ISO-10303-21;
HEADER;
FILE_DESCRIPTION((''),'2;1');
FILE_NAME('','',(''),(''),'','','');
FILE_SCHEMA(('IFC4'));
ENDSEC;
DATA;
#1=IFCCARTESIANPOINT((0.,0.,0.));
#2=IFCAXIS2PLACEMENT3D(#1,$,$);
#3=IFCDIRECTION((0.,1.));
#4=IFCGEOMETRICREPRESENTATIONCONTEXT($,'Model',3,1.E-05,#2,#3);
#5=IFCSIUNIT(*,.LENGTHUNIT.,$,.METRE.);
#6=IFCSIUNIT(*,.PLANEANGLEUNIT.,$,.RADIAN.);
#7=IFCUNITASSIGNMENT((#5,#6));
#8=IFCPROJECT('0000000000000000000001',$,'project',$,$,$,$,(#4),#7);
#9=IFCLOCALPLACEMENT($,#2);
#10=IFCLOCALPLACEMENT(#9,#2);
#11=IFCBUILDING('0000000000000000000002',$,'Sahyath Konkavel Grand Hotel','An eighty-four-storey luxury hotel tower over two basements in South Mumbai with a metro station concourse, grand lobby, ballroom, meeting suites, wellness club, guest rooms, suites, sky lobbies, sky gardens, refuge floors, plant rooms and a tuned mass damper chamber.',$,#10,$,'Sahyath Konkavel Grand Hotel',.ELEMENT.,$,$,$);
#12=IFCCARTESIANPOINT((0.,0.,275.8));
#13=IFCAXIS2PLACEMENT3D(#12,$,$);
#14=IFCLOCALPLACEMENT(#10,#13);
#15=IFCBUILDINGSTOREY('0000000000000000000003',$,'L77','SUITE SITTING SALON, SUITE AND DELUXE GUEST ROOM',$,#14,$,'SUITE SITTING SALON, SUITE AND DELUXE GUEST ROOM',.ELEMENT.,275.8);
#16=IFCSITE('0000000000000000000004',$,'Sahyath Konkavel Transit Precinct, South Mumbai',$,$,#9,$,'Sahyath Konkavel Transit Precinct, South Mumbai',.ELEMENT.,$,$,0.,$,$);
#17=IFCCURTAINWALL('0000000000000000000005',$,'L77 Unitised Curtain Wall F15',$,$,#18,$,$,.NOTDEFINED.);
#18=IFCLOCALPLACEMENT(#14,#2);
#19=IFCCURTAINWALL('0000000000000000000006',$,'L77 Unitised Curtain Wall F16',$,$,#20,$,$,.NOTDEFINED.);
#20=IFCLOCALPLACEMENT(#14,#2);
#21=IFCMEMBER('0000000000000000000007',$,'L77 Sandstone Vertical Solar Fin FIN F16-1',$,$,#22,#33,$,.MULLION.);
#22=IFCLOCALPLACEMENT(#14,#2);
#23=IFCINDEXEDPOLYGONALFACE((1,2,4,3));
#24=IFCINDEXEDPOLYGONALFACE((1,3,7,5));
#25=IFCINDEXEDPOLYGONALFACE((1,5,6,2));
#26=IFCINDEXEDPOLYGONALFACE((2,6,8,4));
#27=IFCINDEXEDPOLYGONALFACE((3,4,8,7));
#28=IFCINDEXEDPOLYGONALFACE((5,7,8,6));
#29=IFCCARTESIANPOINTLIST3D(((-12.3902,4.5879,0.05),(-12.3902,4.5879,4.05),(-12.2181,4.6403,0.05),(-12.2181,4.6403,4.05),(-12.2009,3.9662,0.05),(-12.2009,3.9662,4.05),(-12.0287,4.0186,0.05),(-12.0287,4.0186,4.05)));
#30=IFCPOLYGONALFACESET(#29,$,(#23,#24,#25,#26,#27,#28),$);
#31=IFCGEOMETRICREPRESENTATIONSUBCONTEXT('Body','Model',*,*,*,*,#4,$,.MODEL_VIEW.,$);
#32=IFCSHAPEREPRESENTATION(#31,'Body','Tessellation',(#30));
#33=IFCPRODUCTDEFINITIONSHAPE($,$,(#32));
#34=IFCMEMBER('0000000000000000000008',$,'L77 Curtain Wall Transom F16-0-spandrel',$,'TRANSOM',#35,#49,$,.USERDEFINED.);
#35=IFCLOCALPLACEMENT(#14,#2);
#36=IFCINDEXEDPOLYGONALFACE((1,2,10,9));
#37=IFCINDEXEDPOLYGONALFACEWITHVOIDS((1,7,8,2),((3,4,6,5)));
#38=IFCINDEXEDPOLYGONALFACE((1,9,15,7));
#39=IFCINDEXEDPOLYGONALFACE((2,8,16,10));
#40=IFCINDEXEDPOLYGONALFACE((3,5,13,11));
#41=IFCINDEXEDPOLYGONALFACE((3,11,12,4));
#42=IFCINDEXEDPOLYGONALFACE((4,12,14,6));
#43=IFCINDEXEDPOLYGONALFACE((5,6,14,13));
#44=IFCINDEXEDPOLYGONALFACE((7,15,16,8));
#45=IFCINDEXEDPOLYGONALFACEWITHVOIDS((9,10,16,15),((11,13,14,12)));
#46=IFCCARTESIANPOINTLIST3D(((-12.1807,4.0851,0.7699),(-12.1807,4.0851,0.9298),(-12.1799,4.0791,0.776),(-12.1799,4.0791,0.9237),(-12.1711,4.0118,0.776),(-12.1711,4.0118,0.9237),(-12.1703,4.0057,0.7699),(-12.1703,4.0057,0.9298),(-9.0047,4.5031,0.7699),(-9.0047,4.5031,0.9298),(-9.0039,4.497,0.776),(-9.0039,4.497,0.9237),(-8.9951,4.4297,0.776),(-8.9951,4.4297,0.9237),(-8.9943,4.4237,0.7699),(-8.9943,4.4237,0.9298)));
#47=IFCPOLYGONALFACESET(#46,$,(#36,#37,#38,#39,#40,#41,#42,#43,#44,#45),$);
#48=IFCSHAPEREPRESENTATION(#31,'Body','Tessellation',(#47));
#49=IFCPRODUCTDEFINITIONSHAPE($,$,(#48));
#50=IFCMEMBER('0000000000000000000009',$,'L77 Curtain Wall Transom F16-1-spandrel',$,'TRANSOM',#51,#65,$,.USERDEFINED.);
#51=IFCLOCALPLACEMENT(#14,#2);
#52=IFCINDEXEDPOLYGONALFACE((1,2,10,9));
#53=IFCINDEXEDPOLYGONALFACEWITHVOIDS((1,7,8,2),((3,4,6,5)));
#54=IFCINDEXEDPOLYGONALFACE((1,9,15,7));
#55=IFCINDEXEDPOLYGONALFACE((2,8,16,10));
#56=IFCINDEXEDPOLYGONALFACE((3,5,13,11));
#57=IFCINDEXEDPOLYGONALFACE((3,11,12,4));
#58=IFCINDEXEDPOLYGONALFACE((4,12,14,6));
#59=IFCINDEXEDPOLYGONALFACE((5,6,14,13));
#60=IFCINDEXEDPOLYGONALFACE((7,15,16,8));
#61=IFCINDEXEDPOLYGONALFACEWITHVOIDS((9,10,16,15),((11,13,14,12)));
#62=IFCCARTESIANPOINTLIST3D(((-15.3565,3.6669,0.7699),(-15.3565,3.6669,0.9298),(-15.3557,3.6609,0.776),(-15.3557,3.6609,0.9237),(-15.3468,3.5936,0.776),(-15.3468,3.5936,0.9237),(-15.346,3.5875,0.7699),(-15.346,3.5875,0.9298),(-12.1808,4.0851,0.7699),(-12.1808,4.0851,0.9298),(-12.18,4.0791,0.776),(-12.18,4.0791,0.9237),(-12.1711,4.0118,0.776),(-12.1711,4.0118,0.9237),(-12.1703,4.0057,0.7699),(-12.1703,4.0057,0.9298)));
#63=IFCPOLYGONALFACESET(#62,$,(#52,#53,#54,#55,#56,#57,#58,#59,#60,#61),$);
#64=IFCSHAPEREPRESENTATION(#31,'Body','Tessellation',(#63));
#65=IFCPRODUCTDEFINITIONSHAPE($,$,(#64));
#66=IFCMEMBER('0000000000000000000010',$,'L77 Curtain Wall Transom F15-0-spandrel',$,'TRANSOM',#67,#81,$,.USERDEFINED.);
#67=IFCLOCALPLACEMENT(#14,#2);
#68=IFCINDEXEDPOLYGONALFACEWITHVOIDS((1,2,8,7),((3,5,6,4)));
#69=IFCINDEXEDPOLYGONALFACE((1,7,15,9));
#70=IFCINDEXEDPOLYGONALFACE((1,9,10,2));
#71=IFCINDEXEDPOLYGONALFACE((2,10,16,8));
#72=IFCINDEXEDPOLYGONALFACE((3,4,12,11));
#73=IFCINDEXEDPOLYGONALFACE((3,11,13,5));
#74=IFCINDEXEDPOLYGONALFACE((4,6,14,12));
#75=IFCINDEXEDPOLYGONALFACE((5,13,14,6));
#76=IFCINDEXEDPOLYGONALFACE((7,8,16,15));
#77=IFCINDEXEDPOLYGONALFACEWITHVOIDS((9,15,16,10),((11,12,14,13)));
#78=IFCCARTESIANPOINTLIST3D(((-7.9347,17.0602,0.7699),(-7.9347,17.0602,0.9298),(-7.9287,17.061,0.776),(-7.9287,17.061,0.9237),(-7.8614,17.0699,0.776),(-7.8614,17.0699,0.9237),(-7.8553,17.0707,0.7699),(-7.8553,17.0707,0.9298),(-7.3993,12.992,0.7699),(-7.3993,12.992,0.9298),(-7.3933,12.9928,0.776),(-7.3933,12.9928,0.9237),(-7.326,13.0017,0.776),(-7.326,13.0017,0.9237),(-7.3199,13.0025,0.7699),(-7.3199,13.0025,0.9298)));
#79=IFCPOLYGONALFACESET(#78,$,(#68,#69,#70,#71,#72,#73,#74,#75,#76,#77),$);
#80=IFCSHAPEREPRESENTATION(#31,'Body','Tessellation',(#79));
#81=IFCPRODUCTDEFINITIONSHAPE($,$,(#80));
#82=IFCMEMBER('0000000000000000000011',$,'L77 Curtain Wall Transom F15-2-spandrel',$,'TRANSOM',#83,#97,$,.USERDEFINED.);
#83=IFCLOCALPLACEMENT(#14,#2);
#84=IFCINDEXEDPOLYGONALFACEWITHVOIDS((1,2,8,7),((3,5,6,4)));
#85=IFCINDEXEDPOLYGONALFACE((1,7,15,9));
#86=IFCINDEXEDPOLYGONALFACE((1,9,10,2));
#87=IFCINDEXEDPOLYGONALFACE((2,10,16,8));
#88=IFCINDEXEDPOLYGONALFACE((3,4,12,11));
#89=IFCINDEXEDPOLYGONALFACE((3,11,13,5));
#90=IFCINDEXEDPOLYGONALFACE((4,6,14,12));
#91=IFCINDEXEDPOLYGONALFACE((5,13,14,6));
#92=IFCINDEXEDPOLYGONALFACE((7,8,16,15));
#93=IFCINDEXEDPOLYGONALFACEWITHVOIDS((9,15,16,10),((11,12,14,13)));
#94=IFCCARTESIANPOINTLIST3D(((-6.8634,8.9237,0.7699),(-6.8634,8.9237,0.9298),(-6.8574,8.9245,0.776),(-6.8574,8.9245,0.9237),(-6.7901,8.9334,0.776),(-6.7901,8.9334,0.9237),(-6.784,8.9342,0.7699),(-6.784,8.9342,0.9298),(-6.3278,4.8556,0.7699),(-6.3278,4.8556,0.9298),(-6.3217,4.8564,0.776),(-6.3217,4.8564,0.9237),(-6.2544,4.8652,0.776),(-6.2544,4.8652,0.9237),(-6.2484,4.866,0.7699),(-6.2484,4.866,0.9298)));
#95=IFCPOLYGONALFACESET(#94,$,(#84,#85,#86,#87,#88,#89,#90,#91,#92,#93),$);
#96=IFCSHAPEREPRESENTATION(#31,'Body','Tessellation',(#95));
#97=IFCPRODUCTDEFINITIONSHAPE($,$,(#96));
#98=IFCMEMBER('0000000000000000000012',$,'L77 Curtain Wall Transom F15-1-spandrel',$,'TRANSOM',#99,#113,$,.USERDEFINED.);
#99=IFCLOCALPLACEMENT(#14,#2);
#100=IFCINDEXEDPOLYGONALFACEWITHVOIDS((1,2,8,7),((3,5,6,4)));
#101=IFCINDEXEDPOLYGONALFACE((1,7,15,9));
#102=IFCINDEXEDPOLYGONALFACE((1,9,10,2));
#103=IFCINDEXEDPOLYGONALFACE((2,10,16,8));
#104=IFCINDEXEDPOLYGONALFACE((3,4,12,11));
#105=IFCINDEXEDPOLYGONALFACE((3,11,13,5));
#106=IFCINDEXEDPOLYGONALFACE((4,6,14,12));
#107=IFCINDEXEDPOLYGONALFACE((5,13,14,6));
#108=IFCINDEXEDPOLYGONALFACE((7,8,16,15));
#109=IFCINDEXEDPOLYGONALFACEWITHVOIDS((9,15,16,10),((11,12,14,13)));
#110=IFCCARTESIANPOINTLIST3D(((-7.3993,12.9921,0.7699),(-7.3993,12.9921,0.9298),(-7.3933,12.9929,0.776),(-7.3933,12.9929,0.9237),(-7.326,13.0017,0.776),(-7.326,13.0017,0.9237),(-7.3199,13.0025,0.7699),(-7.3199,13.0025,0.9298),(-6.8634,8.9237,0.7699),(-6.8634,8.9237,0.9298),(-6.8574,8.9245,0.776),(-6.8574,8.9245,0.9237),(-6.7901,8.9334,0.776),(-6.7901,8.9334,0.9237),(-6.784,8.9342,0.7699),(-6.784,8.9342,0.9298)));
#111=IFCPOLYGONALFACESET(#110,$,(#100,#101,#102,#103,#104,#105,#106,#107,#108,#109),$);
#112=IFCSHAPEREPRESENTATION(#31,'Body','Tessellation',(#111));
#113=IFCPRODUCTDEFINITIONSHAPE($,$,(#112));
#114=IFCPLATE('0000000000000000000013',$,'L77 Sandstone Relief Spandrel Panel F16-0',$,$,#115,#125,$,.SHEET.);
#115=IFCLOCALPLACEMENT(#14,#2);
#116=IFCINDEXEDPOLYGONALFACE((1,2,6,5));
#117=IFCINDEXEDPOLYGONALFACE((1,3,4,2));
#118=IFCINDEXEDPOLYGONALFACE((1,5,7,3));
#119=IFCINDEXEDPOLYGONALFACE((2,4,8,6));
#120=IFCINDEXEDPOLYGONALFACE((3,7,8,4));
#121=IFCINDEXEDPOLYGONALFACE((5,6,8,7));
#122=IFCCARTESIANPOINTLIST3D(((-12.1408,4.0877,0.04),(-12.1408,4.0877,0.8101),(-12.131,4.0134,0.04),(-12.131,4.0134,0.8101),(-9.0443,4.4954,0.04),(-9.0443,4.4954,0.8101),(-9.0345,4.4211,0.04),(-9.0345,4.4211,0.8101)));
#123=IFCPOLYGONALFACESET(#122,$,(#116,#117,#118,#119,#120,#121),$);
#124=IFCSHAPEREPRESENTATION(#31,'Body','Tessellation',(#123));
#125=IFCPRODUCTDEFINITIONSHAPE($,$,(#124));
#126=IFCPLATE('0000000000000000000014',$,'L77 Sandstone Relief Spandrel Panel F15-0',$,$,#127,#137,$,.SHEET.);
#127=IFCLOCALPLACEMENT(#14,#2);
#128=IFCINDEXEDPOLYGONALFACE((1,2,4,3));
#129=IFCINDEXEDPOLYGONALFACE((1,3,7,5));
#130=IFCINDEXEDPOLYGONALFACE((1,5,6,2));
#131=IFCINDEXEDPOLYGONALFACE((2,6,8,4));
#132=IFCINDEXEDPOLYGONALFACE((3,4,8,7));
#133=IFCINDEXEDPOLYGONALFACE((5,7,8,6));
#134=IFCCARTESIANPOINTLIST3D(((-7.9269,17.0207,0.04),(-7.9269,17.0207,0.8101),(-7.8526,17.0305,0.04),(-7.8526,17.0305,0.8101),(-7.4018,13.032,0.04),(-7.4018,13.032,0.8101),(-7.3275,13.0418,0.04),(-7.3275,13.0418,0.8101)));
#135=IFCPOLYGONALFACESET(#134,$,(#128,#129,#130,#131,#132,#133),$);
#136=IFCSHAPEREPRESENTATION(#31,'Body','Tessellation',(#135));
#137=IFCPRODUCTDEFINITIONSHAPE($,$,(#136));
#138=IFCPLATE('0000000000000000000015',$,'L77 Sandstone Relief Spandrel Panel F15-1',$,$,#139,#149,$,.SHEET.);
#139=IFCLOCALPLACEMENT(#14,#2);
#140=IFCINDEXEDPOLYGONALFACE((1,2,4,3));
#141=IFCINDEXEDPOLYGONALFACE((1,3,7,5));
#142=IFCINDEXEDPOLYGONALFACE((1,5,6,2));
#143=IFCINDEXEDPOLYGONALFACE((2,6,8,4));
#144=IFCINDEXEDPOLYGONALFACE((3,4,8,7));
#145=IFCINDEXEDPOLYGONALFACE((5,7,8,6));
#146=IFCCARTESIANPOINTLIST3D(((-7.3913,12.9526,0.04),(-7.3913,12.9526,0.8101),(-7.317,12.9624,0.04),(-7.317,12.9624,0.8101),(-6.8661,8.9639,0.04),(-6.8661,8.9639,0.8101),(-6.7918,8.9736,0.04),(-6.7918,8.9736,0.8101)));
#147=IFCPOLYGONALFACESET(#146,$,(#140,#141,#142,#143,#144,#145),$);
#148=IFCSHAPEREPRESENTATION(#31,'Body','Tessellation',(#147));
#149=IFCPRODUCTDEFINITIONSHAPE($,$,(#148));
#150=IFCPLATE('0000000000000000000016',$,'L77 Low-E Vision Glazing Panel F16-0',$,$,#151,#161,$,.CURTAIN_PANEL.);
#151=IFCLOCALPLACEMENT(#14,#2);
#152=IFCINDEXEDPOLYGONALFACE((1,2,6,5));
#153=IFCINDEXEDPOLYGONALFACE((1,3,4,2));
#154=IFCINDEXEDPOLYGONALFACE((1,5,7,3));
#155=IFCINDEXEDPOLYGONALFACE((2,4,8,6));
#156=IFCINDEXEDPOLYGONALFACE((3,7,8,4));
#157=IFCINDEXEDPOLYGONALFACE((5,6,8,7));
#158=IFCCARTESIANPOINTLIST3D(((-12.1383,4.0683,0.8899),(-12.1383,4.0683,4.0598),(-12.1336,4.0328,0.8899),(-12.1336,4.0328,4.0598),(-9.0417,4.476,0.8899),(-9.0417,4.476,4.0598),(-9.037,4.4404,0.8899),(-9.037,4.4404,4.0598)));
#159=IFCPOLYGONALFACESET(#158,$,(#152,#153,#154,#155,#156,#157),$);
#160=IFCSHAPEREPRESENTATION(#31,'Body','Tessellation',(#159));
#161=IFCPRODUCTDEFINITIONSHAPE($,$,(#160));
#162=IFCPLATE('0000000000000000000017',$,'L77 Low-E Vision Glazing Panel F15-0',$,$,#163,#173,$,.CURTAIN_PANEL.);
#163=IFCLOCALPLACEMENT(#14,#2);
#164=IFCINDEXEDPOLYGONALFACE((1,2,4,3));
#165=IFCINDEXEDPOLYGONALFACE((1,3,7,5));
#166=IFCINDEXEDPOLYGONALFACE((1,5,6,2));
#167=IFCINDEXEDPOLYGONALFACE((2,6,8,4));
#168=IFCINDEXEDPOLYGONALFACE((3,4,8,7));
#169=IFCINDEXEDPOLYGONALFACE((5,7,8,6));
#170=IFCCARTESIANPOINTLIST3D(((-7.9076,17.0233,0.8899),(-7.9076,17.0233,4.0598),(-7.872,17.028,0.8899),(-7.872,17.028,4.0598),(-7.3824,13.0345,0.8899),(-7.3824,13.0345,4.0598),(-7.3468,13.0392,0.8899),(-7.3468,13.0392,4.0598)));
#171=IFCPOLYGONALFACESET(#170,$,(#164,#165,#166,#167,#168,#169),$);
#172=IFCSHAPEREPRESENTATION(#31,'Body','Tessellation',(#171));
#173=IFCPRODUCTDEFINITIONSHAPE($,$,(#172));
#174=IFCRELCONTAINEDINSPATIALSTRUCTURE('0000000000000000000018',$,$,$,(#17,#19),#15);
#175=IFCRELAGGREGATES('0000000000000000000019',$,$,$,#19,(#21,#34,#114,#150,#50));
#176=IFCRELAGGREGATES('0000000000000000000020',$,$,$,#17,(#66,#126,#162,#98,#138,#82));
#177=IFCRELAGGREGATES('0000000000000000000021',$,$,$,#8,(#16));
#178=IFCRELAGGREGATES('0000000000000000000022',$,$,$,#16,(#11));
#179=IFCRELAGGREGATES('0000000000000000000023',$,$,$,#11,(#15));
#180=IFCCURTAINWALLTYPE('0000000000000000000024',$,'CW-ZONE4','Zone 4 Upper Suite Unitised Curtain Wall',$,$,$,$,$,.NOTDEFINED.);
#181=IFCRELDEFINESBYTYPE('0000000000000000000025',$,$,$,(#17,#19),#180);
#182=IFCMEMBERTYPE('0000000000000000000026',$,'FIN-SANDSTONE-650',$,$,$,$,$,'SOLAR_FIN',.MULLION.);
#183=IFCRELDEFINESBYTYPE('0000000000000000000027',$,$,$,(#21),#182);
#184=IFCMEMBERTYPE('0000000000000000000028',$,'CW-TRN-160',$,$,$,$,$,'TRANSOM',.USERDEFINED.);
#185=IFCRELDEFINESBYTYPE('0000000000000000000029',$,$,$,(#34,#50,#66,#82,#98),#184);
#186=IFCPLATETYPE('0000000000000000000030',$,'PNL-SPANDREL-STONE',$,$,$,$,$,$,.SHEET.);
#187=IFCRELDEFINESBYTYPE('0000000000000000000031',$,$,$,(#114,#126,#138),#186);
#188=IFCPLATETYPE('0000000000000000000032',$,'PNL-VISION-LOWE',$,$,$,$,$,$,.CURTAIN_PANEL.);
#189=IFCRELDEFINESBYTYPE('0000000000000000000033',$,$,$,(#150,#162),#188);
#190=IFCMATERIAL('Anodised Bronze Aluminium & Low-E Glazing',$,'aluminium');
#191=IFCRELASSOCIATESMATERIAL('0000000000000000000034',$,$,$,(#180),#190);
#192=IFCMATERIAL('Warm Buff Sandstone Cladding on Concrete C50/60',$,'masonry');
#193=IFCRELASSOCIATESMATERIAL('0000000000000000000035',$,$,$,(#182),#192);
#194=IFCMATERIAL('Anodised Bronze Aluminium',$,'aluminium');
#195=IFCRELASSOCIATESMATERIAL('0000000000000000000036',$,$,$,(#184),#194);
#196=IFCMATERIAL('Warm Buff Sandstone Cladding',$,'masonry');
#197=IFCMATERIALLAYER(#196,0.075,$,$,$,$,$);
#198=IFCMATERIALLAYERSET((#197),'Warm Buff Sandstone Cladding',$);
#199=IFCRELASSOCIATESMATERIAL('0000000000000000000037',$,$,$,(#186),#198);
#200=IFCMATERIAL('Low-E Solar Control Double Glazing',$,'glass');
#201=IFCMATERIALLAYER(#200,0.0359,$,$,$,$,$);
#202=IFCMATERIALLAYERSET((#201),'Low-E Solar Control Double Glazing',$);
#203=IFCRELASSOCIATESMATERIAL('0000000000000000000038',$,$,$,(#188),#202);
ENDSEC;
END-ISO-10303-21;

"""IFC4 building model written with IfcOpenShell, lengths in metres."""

from ifc_helpers import new_model, si_unit, direction, frame, origin, origin_2d, place, context, subcontext, project, spatial, rectangle, hollow_rectangle, extrude, source, transform, mapped, material, layer, layer_set, material_profile, profile_set, type_object, element, aggregate, save


model = new_model("IFC4")

# Units and contexts
model_context = context("Model", 3, precision=1e-05, world=origin(), true_north=direction((0.0, 1.0)))
body_context = subcontext(model_context, "Body", "Model", "MODEL_VIEW")
ifc_project = project(units=[si_unit("LENGTHUNIT", "METRE"), si_unit("PLANEANGLEUNIT", "RADIAN")], contexts=[model_context])

# Site, building, storey
site_placement = place(None, origin())
site = spatial("IfcSite", under=ifc_project, at=site_placement, Name="Sahyath Konkavel Transit Precinct, South Mumbai", LongName="Sahyath Konkavel Transit Precinct, South Mumbai", CompositionType="ELEMENT", RefElevation=0.0)
building_placement = place(site_placement, origin())
building = spatial("IfcBuilding", under=site, at=building_placement, Name="Sahyath Konkavel Grand Hotel", Description="An eighty-four-storey luxury hotel tower over two basements in South Mumbai with a metro station concourse, grand lobby, ballroom, meeting suites, wellness club, guest rooms, suites, sky lobbies, sky gardens, refuge floors, plant rooms and a tuned mass damper chamber.", LongName="Sahyath Konkavel Grand Hotel", CompositionType="ELEMENT")
storey_placement = place(building_placement, frame((0.0, 0.0, 275.8)))
storey = spatial("IfcBuildingStorey", under=building, at=storey_placement, Name="L77", Description="SUITE SITTING SALON, SUITE AND DELUXE GUEST ROOM", LongName="SUITE SITTING SALON, SUITE AND DELUXE GUEST ROOM", CompositionType="ELEMENT", Elevation=275.8)

# Shared definitions
ifc_material_1 = material(Name="Anodised Bronze Aluminium & Low-E Glazing", Category="aluminium")
curtain_wall_type = type_object("IfcCurtainWallType", Name="CW-ZONE4", Description="Zone 4 Upper Suite Unitised Curtain Wall", PredefinedType="NOTDEFINED", material=ifc_material_1)
ifc_material_2 = material(Name="Anodised Bronze Aluminium", Category="aluminium")

# Curtain walls
curtain_wall_1_placement = place(storey_placement, origin())
curtain_wall_1 = element("IfcCurtainWall", 1, at=curtain_wall_1_placement, inside=storey, type_object=curtain_wall_type, Name="L77 Unitised Curtain Wall F15", PredefinedType="NOTDEFINED")
curtain_wall_2_placement = place(storey_placement, origin())
curtain_wall_2 = element("IfcCurtainWall", 2, at=curtain_wall_2_placement, inside=storey, type_object=curtain_wall_type, Name="L77 Unitised Curtain Wall F16", PredefinedType="NOTDEFINED")

# Members
ifc_material_3 = material(Name="Warm Buff Sandstone Cladding on Concrete C50/60", Category="masonry")
ifc_material_profile_1 = material_profile(ifc_material_3, rectangle(XDim=0.1799, YDim=0.6499, at=origin_2d()), Name="FIN 180x650")
ifc_profile_set_1 = profile_set([ifc_material_profile_1], Name="Warm Buff Sandstone Cladding on Concrete C50/60")
member_type_1 = type_object("IfcMemberType", Name="FIN-SANDSTONE-650", ElementType="SOLAR_FIN", PredefinedType="MULLION", material=ifc_profile_set_1)
shared_shape_1 = source(origin(), body_context, "Body", "SweptSolid", [
    extrude(rectangle(XDim=0.1799, YDim=0.6499, at=origin_2d()), origin(), (0.0, 0.0, 1.0), 4.0),
])
member_1_placement = place(storey_placement, frame((-12.2095, 4.3032, 0.05), z_axis=(0.0, 0.0, 1.0), x_axis=(0.95661, 0.29137, 0.0)))
member_1 = element("IfcMember", 3, at=member_1_placement, type_object=member_type_1, Name="L77 Sandstone Vertical Solar Fin FIN F16-1", PredefinedType="MULLION", context=body_context, shape_type="MappedRepresentation", body=[
    mapped(shared_shape_1, transform((0.0, 0.0, 0.0), scale=1.0)),
])
ifc_material_profile_2 = material_profile(ifc_material_2, hollow_rectangle(XDim=0.0801, YDim=0.1599, WallThickness=0.0061, at=origin_2d()), Name="RHS 160x80x6")
ifc_profile_set_2 = profile_set([ifc_material_profile_2], Name="Anodised Bronze Aluminium")
member_type_2 = type_object("IfcMemberType", Name="CW-TRN-160", ElementType="TRANSOM", PredefinedType="USERDEFINED", material=ifc_profile_set_2)
shared_shape_2 = source(origin(), body_context, "Body", "SweptSolid", [
    extrude(hollow_rectangle(XDim=0.0801, YDim=0.1599, WallThickness=0.0061, at=origin_2d()), origin(), (0.0, 0.0, 1.0), 3.2034),
])
member_2_placement = place(storey_placement, frame((-8.9995, 4.4634, 0.8499), z_axis=(-0.991451, -0.130476, 0.0), x_axis=(0.130476, -0.991451, 0.0)))
member_2 = element("IfcMember", 4, at=member_2_placement, type_object=member_type_2, Name="L77 Curtain Wall Transom F16-0-spandrel", ObjectType="TRANSOM", PredefinedType="USERDEFINED", context=body_context, shape_type="MappedRepresentation", body=[
    mapped(shared_shape_2, transform((0.0, 0.0, 0.0), scale=1.0)),
])
shared_shape_3 = source(origin(), body_context, "Body", "SweptSolid", [
    extrude(hollow_rectangle(XDim=0.0801, YDim=0.1599, WallThickness=0.0061, at=origin_2d()), origin(), (0.0, 0.0, 1.0), 3.2031),
])
member_3_placement = place(storey_placement, frame((-12.1755, 4.0454, 0.8499), z_axis=(-0.99144, -0.130561, 0.0), x_axis=(0.130561, -0.99144, 0.0)))
member_3 = element("IfcMember", 5, at=member_3_placement, type_object=member_type_2, Name="L77 Curtain Wall Transom F16-1-spandrel", ObjectType="TRANSOM", PredefinedType="USERDEFINED", context=body_context, shape_type="MappedRepresentation", body=[
    mapped(shared_shape_3, transform((0.0, 0.0, 0.0), scale=1.0)),
])
shared_shape_4 = source(origin(), body_context, "Body", "SweptSolid", [
    extrude(hollow_rectangle(XDim=0.0801, YDim=0.1599, WallThickness=0.0061, at=origin_2d()), origin(), (0.0, 0.0, 1.0), 4.1033),
])
member_4_placement = place(storey_placement, frame((-7.895, 17.0654, 0.8499), z_axis=(0.130484, -0.99145, 0.0), x_axis=(0.99145, 0.130484, 0.0)))
member_4 = element("IfcMember", 6, at=member_4_placement, type_object=member_type_2, Name="L77 Curtain Wall Transom F15-0-spandrel", ObjectType="TRANSOM", PredefinedType="USERDEFINED", context=body_context, shape_type="MappedRepresentation", body=[
    mapped(shared_shape_4, transform((0.0, 0.0, 0.0), scale=1.0)),
])
member_5_placement = place(storey_placement, frame((-6.8237, 8.929, 0.8499), z_axis=(0.130542, -0.991443, 0.0), x_axis=(0.991443, 0.130542, 0.0)))
member_5 = element("IfcMember", 7, at=member_5_placement, type_object=member_type_2, Name="L77 Curtain Wall Transom F15-2-spandrel", ObjectType="TRANSOM", PredefinedType="USERDEFINED", context=body_context, shape_type="MappedRepresentation", body=[
    mapped(shared_shape_4, transform((0.0, 0.0, 0.0), scale=1.0)),
])
shared_shape_5 = source(origin(), body_context, "Body", "SweptSolid", [
    extrude(hollow_rectangle(XDim=0.0801, YDim=0.1599, WallThickness=0.0061, at=origin_2d()), origin(), (0.0, 0.0, 1.0), 4.1035),
])
member_6_placement = place(storey_placement, frame((-7.3596, 12.9973, 0.8499), z_axis=(0.130593, -0.991436, 0.0), x_axis=(0.991436, 0.130593, 0.0)))
member_6 = element("IfcMember", 8, at=member_6_placement, type_object=member_type_2, Name="L77 Curtain Wall Transom F15-1-spandrel", ObjectType="TRANSOM", PredefinedType="USERDEFINED", context=body_context, shape_type="MappedRepresentation", body=[
    mapped(shared_shape_5, transform((0.0, 0.0, 0.0), scale=1.0)),
])

# Plates
ifc_material_4 = material(Name="Warm Buff Sandstone Cladding", Category="masonry")
ifc_layer_1 = layer(ifc_material_4, 0.075)
ifc_layer_set_1 = layer_set([ifc_layer_1], Name="Warm Buff Sandstone Cladding")
plate_type_1 = type_object("IfcPlateType", Name="PNL-SPANDREL-STONE", PredefinedType="SHEET", material=ifc_layer_set_1)
shared_shape_6 = source(origin(), body_context, "Body", "SweptSolid", [
    extrude(rectangle(XDim=3.1233, YDim=0.075, at=origin_2d()), origin(), (0.0, 0.0, 1.0), 0.77),
])
plate_1_placement = place(storey_placement, frame((-10.5876, 4.2544, 0.04), z_axis=(0.0, 0.0, 1.0), x_axis=(-0.991445, -0.130526, 0.0)))
plate_1 = element("IfcPlate", 9, at=plate_1_placement, type_object=plate_type_1, Name="L77 Sandstone Relief Spandrel Panel F16-0", PredefinedType="SHEET", context=body_context, shape_type="MappedRepresentation", body=[
    mapped(shared_shape_6, transform((0.0, 0.0, 0.0), scale=1.0)),
])
shared_shape_7 = source(origin(), body_context, "Body", "SweptSolid", [
    extrude(rectangle(XDim=4.0232, YDim=0.075, at=origin_2d()), origin(), (0.0, 0.0, 1.0), 0.77),
])
plate_2_placement = place(storey_placement, frame((-7.6272, 15.0312, 0.04), z_axis=(0.0, 0.0, 1.0), x_axis=(0.130526, -0.991445, 0.0)))
plate_2 = element("IfcPlate", 10, at=plate_2_placement, type_object=plate_type_1, Name="L77 Sandstone Relief Spandrel Panel F15-0", PredefinedType="SHEET", context=body_context, shape_type="MappedRepresentation", body=[
    mapped(shared_shape_7, transform((0.0, 0.0, 0.0), scale=1.0)),
])
plate_3_placement = place(storey_placement, frame((-7.0916, 10.9631, 0.04), z_axis=(0.0, 0.0, 1.0), x_axis=(0.130526, -0.991445, 0.0)))
plate_3 = element("IfcPlate", 11, at=plate_3_placement, type_object=plate_type_1, Name="L77 Sandstone Relief Spandrel Panel F15-1", PredefinedType="SHEET", context=body_context, shape_type="MappedRepresentation", body=[
    mapped(shared_shape_7, transform((0.0, 0.0, 0.0), scale=1.0)),
])
ifc_material_5 = material(Name="Low-E Solar Control Double Glazing", Category="glass")
ifc_layer_2 = layer(ifc_material_5, 0.0359)
ifc_layer_set_2 = layer_set([ifc_layer_2], Name="Low-E Solar Control Double Glazing")
plate_type_2 = type_object("IfcPlateType", Name="PNL-VISION-LOWE", PredefinedType="CURTAIN_PANEL", material=ifc_layer_set_2)
shared_shape_8 = source(origin(), body_context, "Body", "SweptSolid", [
    extrude(rectangle(XDim=3.1233, YDim=0.0359, at=origin_2d()), origin(), (0.0, 0.0, 1.0), 3.1699),
])
plate_4_placement = place(storey_placement, frame((-10.5876, 4.2544, 0.8899), z_axis=(0.0, 0.0, 1.0), x_axis=(-0.991445, -0.130526, 0.0)))
plate_4 = element("IfcPlate", 12, at=plate_4_placement, type_object=plate_type_2, Name="L77 Low-E Vision Glazing Panel F16-0", PredefinedType="CURTAIN_PANEL", context=body_context, shape_type="MappedRepresentation", body=[
    mapped(shared_shape_8, transform((0.0, 0.0, 0.0), scale=1.0)),
])
aggregate(curtain_wall_2, [member_1, member_2, plate_1, plate_4, member_3])
shared_shape_9 = source(origin(), body_context, "Body", "SweptSolid", [
    extrude(rectangle(XDim=4.0232, YDim=0.0359, at=origin_2d()), origin(), (0.0, 0.0, 1.0), 3.1699),
])
plate_5_placement = place(storey_placement, frame((-7.6272, 15.0312, 0.8899), z_axis=(0.0, 0.0, 1.0), x_axis=(0.130526, -0.991445, 0.0)))
plate_5 = element("IfcPlate", 13, at=plate_5_placement, type_object=plate_type_2, Name="L77 Low-E Vision Glazing Panel F15-0", PredefinedType="CURTAIN_PANEL", context=body_context, shape_type="MappedRepresentation", body=[
    mapped(shared_shape_9, transform((0.0, 0.0, 0.0), scale=1.0)),
])
aggregate(curtain_wall_1, [member_4, plate_2, plate_5, member_6, plate_3, member_5])

save(model, "model.ifc")
